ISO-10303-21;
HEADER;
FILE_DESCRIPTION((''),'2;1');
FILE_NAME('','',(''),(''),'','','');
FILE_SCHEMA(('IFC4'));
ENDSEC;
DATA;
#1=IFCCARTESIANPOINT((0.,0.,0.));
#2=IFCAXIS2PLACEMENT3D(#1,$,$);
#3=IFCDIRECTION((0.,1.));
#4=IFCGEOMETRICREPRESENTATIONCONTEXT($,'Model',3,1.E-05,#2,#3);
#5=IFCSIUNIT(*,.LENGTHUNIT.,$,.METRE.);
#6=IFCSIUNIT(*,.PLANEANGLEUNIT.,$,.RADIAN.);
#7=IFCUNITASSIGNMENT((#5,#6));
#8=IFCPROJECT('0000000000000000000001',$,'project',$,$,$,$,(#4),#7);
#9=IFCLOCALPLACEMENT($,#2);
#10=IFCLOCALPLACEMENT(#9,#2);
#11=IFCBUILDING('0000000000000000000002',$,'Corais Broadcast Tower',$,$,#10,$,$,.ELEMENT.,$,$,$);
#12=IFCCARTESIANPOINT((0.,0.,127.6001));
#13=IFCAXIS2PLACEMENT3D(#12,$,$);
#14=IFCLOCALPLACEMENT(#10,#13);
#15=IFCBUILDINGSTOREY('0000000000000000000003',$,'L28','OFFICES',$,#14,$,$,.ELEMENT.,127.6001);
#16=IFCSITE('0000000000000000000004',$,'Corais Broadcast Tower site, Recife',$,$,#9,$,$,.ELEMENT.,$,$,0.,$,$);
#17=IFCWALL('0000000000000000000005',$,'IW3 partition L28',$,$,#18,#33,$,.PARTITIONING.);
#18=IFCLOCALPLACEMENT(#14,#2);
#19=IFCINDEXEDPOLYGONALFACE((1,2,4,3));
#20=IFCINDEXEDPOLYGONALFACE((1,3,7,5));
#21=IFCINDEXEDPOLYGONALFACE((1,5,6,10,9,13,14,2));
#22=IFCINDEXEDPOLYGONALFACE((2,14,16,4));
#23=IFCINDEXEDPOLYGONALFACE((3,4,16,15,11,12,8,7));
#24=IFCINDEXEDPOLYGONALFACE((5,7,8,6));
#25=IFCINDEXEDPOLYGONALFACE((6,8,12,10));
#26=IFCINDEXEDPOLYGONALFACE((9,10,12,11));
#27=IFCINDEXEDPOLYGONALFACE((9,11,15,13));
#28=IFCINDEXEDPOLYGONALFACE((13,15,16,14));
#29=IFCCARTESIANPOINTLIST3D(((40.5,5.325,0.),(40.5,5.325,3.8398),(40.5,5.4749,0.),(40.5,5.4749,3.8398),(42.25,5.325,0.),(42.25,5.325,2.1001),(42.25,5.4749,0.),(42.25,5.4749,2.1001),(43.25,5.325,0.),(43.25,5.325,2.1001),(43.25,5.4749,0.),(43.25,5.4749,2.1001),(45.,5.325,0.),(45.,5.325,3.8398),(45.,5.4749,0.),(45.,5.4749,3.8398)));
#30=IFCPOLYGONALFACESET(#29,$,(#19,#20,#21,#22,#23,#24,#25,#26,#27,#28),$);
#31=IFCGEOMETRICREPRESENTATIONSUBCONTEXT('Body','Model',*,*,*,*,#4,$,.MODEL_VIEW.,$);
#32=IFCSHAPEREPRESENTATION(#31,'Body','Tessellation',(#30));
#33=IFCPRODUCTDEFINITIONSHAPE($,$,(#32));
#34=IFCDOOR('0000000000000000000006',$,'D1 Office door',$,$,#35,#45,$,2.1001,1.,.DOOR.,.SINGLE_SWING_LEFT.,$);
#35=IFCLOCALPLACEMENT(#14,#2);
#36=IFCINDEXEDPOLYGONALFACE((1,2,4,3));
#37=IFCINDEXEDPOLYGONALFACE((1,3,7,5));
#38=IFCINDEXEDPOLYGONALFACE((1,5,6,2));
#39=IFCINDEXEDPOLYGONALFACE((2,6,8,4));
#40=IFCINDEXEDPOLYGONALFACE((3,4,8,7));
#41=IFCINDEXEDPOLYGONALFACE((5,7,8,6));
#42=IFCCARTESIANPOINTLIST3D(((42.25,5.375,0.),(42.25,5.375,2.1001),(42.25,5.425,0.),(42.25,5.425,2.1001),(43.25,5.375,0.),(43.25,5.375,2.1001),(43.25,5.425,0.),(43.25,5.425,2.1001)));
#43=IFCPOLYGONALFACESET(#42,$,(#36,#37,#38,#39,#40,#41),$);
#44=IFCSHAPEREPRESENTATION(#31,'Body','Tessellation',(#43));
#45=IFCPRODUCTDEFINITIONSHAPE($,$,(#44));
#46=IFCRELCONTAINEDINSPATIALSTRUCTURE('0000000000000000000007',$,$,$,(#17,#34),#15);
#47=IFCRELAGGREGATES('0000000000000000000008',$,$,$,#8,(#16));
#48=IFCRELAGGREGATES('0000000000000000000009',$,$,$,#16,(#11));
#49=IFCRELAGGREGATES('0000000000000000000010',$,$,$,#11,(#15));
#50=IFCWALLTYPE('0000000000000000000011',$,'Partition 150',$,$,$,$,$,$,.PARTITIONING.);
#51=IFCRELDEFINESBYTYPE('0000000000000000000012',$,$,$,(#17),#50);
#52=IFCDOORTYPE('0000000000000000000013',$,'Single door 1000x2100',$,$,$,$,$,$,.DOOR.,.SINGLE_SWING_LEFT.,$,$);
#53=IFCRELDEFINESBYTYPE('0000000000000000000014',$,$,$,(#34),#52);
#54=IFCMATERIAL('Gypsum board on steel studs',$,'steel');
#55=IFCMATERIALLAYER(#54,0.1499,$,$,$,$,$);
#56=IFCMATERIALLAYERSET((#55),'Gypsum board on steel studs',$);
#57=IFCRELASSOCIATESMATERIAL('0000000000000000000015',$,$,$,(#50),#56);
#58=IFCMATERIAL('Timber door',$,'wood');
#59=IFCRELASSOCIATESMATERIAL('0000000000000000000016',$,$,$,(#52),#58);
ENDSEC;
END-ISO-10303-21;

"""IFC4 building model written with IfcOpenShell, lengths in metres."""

from ifc_helpers import new_model, si_unit, direction, frame, frame_2d, origin, place, context, subcontext, project, spatial, rectangle, extrude, material, layer, layer_set, type_object, element, fill, save


model = new_model("IFC4")

# Units and contexts
model_context = context("Model", 3, precision=1e-05, world=origin(), true_north=direction((0.0, 1.0)))
body_context = subcontext(model_context, "Body", "Model", "MODEL_VIEW")
ifc_project = project(units=[si_unit("LENGTHUNIT", "METRE"), si_unit("PLANEANGLEUNIT", "RADIAN")], contexts=[model_context])

# Site, building, storey
site_placement = place(None, origin())
site = spatial("IfcSite", under=ifc_project, at=site_placement, Name="Corais Broadcast Tower site, Recife", CompositionType="ELEMENT", RefElevation=0.0)
building_placement = place(site_placement, origin())
building = spatial("IfcBuilding", under=site, at=building_placement, Name="Corais Broadcast Tower", CompositionType="ELEMENT")
storey_placement = place(building_placement, frame((0.0, 0.0, 127.6001)))
storey = spatial("IfcBuildingStorey", under=building, at=storey_placement, Name="L28", Description="OFFICES", CompositionType="ELEMENT", Elevation=127.6001)

# Shared definitions
ifc_material_1 = material(Name="Gypsum board on steel studs", Category="steel")
ifc_layer_1 = layer(ifc_material_1, 0.1499)
ifc_layer_set_1 = layer_set([ifc_layer_1], Name="Gypsum board on steel studs")
wall_type = type_object("IfcWallType", Name="Partition 150", PredefinedType="PARTITIONING", material=ifc_layer_set_1)

# Wall, opening, door
wall_1_placement = place(storey_placement, frame((45.0, 5.3999, 0.0), z_axis=(0.0, 0.0, 1.0), x_axis=(-1.0, 0.0, 0.0)))
wall_1 = element("IfcWall", 1, at=wall_1_placement, inside=storey, type_object=wall_type, Name="IW3 partition L28", PredefinedType="PARTITIONING", context=body_context, shape_type="SweptSolid", body=[
    extrude(rectangle(XDim=4.5, YDim=0.1499, at=frame_2d((2.25, 0.0))), origin(), (0.0, 0.0, 1.0), 3.8398),
])
opening_placement = place(wall_1_placement, frame((1.75, 0.0, 0.0)))
opening = element("IfcOpeningElement", 2, at=opening_placement, cuts=wall_1, PredefinedType="OPENING", context=body_context, shape_type="SweptSolid", body=[
    extrude(rectangle(XDim=1.0, YDim=2.1001, at=frame_2d((0.5, 1.05))), frame((0.0, 0.085, 0.0), z_axis=(0.0, -1.0, 0.0), x_axis=(1.0, 0.0, 0.0)), (0.0, 0.0, 1.0), 0.1699),
])
ifc_material_2 = material(Name="Timber door", Category="wood")
door_type = type_object("IfcDoorType", Name="Single door 1000x2100", OperationType="SINGLE_SWING_LEFT", PredefinedType="DOOR", material=ifc_material_2)
door_placement = place(opening_placement, origin())
door = element("IfcDoor", 3, at=door_placement, inside=storey, type_object=door_type, Name="D1 Office door", OperationType="SINGLE_SWING_LEFT", OverallHeight=2.1001, OverallWidth=1.0, PredefinedType="DOOR", context=body_context, shape_type="SweptSolid", body=[
    extrude(rectangle(XDim=1.0, YDim=2.1001, at=frame_2d((0.5, 1.05))), frame((0.0, 0.0249, 0.0), z_axis=(0.0, -1.0, 0.0), x_axis=(1.0, 0.0, 0.0)), (0.0, 0.0, 1.0), 0.05),
])
fill(opening, door)

save(model, "model.ifc")
